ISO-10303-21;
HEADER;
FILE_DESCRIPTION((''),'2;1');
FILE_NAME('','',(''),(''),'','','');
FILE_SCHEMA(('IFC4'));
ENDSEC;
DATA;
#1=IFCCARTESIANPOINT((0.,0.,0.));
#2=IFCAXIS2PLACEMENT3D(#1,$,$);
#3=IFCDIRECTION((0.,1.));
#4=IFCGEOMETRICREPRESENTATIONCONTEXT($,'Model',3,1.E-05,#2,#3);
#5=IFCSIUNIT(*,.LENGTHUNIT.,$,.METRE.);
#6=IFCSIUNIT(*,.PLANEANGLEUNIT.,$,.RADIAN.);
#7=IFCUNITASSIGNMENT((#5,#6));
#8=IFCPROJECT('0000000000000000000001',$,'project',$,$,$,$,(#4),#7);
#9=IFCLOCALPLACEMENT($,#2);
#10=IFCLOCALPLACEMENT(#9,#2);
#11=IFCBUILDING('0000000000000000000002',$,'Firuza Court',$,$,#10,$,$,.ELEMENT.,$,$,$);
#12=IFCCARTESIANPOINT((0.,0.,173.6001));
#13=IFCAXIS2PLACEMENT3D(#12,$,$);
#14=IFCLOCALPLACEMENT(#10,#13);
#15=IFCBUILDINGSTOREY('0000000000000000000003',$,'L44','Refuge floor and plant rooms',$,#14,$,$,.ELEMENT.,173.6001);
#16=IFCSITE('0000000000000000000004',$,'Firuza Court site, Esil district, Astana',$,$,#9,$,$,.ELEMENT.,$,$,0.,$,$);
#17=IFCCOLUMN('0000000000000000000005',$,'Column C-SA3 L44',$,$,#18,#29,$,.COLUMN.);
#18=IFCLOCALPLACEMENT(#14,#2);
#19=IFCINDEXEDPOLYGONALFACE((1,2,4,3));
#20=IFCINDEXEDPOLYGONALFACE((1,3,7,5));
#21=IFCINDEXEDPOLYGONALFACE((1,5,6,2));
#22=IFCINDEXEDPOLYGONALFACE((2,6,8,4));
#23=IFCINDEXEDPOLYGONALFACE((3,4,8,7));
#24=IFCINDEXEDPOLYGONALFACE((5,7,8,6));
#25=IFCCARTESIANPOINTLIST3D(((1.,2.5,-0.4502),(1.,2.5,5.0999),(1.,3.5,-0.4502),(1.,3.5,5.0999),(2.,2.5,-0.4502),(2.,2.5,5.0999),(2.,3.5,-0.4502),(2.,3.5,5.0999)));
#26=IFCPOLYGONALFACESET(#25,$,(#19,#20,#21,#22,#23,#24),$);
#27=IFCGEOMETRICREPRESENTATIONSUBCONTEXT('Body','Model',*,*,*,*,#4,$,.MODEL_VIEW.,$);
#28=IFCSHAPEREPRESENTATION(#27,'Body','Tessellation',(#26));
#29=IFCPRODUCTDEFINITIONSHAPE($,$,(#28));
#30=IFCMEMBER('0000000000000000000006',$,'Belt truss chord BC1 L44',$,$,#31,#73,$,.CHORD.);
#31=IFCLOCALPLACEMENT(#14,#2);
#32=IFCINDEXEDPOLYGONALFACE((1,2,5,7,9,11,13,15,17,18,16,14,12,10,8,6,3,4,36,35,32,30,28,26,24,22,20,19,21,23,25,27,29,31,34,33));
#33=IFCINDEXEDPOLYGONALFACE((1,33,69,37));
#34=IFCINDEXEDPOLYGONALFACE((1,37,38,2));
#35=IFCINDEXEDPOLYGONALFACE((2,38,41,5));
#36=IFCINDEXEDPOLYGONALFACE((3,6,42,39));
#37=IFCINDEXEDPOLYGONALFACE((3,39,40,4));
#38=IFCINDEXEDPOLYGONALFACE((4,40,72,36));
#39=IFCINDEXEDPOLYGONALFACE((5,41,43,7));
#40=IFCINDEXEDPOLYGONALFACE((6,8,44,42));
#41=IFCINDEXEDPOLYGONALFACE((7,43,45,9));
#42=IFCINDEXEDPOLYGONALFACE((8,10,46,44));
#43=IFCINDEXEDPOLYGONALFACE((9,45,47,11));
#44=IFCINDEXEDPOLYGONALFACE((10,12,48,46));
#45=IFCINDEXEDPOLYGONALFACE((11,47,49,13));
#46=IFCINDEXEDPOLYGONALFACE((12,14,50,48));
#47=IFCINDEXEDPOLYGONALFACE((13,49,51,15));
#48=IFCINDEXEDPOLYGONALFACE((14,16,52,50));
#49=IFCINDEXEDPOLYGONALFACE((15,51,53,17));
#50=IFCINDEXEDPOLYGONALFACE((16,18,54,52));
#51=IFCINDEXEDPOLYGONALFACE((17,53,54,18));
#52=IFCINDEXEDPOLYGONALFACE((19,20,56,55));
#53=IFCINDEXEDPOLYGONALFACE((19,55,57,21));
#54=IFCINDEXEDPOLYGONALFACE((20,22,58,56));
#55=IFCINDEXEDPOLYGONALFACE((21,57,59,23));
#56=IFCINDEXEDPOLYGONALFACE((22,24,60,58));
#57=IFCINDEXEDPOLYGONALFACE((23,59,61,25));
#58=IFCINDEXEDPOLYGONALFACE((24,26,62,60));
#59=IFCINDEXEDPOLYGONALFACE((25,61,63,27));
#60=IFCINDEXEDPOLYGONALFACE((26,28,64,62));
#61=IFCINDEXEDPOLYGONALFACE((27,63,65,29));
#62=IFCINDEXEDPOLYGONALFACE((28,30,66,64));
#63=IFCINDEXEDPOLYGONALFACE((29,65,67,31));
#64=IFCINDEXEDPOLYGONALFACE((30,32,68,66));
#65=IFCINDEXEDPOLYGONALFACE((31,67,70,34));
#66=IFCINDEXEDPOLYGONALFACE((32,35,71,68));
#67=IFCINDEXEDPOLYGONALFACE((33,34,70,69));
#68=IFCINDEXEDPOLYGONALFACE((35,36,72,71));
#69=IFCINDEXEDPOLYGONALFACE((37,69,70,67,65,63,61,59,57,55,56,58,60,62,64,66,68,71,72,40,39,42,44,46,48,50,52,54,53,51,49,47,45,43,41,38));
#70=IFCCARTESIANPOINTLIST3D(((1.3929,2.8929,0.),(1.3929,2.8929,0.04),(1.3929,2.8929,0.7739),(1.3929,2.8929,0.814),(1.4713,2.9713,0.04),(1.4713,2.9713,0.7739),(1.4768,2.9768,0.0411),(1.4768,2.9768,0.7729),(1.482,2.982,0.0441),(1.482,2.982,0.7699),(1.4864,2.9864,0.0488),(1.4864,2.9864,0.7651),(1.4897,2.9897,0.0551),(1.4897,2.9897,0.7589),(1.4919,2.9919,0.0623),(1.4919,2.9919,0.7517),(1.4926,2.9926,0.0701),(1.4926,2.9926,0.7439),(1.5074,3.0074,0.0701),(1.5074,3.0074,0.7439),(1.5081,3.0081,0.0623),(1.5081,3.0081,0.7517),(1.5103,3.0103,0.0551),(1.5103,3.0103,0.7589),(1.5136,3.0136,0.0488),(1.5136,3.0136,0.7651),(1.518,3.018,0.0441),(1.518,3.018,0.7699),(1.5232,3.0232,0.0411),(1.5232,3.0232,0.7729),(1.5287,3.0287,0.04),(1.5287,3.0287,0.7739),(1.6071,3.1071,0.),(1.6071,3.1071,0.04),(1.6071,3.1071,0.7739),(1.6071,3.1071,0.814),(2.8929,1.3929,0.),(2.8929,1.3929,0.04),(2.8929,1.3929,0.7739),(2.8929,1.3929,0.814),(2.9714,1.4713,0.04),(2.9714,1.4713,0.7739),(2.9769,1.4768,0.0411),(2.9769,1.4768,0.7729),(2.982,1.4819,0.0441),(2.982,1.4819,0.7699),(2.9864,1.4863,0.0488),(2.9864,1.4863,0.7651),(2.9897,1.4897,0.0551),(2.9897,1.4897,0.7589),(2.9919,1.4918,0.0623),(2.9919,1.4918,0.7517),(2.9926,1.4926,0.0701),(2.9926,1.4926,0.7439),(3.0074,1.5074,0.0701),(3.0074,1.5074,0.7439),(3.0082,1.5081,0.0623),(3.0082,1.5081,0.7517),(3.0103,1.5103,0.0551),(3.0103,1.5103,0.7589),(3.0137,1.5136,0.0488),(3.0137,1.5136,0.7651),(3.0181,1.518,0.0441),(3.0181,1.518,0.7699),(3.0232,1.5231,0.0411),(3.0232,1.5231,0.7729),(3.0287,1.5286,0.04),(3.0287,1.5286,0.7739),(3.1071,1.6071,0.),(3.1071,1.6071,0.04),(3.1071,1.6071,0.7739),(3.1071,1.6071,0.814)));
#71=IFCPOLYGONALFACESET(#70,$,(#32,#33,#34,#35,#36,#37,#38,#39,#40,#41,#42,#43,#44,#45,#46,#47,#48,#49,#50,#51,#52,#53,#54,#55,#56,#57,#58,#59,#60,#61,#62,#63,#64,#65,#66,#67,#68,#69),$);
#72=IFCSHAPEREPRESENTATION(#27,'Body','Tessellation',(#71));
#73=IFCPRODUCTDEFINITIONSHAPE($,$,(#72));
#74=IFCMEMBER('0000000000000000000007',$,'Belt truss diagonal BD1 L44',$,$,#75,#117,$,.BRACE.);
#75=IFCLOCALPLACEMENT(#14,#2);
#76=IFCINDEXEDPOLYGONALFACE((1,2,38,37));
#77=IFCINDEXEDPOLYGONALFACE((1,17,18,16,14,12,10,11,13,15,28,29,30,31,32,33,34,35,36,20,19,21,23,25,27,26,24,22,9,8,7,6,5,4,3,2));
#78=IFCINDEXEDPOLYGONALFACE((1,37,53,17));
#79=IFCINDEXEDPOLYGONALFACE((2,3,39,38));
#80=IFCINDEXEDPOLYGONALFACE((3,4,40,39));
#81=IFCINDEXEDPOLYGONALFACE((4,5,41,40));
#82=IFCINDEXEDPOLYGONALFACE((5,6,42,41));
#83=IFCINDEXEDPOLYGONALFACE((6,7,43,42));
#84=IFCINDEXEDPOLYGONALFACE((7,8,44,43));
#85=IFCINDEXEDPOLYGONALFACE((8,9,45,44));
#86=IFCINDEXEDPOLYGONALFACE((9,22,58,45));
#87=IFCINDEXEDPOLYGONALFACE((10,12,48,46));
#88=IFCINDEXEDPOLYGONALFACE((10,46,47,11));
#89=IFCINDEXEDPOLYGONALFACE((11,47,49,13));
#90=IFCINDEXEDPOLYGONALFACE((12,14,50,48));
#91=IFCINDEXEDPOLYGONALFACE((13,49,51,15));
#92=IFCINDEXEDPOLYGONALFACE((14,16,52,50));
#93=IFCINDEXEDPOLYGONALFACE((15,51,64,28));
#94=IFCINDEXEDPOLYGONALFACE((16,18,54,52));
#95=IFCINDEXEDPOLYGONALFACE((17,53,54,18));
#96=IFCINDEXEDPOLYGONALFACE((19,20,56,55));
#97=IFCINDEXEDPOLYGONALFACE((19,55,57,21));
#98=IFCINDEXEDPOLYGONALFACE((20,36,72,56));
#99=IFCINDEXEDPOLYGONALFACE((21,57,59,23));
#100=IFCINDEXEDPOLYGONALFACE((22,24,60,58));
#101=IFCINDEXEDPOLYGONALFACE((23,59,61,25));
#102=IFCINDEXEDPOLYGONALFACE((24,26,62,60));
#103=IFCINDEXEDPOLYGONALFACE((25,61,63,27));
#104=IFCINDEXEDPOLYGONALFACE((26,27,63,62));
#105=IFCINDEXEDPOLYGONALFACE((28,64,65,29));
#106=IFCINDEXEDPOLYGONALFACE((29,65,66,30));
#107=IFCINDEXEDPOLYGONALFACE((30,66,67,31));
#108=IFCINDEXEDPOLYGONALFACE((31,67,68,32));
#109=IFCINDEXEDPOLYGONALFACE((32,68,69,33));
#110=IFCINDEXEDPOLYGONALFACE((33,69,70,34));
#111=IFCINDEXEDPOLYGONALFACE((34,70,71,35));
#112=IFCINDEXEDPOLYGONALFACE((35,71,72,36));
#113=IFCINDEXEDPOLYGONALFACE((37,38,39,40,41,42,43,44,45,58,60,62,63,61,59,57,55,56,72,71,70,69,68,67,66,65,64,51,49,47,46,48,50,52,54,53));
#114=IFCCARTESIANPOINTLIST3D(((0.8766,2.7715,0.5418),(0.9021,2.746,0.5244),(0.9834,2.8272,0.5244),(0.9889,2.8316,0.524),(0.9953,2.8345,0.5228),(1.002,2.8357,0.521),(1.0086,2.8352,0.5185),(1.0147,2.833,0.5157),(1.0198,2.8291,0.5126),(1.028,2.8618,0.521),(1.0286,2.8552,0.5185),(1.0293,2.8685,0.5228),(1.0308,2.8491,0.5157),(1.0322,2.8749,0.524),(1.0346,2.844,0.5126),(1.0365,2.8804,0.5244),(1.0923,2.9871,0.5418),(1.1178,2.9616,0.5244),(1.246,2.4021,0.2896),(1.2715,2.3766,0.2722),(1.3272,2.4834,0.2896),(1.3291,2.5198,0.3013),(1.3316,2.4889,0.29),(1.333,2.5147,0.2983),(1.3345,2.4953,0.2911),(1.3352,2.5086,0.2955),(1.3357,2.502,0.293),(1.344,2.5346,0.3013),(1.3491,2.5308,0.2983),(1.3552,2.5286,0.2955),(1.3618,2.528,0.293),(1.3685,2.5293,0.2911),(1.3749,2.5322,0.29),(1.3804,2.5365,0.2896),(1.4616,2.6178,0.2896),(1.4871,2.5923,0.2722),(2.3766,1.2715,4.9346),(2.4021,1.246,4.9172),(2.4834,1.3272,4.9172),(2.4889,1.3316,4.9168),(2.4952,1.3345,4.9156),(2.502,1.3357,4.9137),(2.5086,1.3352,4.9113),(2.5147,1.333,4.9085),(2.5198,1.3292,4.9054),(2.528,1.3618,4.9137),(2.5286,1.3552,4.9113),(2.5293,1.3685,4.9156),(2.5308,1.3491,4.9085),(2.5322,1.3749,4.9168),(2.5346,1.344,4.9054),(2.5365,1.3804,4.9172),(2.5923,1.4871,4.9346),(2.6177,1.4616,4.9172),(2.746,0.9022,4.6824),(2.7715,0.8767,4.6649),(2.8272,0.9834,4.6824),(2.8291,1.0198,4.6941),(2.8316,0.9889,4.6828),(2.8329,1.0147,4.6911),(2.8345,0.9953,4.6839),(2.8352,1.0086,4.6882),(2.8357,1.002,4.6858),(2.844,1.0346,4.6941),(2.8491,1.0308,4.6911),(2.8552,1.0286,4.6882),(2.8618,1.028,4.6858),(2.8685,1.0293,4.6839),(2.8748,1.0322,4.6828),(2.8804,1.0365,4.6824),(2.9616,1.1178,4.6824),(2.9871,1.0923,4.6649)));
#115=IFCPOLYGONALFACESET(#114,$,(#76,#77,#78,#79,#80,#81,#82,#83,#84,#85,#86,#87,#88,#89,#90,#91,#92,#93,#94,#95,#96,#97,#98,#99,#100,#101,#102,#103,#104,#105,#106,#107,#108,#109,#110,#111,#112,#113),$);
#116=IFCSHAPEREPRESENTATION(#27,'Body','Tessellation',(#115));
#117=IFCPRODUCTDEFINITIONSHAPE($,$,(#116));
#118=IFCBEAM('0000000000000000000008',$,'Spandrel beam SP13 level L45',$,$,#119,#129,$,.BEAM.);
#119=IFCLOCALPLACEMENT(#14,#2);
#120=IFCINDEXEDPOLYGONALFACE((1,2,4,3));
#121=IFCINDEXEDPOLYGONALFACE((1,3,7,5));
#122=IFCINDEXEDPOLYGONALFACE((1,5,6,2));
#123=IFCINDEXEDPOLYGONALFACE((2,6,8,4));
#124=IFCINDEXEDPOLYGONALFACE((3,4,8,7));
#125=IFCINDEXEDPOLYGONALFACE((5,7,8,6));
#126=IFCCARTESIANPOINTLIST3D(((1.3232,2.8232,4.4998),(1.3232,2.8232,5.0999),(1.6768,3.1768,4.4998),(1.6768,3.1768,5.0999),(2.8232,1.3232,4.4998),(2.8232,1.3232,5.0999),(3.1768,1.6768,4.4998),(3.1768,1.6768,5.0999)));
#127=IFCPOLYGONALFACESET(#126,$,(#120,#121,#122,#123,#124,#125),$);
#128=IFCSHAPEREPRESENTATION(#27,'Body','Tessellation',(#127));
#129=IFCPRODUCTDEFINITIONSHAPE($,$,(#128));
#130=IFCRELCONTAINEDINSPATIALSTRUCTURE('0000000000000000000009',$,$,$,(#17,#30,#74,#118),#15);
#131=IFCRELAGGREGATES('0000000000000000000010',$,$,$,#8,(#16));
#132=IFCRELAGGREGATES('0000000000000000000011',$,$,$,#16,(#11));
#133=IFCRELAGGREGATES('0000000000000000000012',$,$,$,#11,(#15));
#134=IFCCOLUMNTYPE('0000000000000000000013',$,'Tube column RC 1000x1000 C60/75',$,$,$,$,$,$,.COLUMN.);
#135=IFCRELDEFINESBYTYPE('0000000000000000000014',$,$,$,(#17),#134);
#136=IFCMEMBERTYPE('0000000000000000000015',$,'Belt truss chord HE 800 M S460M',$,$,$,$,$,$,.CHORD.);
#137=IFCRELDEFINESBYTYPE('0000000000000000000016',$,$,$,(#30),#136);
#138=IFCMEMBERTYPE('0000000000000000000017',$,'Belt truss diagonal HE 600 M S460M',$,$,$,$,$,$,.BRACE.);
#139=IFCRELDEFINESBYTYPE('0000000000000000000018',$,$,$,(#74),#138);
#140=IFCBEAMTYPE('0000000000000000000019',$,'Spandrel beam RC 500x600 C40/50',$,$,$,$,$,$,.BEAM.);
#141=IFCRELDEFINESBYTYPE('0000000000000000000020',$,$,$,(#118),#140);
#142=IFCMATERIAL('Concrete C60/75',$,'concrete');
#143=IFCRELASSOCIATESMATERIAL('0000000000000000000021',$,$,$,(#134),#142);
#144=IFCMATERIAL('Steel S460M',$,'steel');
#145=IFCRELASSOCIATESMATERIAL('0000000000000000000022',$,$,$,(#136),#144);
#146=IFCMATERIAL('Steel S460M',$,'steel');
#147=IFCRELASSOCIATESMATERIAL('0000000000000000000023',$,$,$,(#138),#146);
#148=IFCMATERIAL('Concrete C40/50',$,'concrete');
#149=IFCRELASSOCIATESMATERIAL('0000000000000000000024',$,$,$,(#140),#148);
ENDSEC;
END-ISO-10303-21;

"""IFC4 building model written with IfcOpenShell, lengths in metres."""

from ifc_helpers import new_model, si_unit, direction, frame, origin, origin_2d, place, context, subcontext, project, spatial, rectangle, i_section, extrude, material, material_profile, profile_set, type_object, element, save


model = new_model("IFC4")

# Units and contexts
model_context = context("Model", 3, precision=1e-05, world=origin(), true_north=direction((0.0, 1.0)))
body_context = subcontext(model_context, "Body", "Model", "MODEL_VIEW")
ifc_project = project(units=[si_unit("LENGTHUNIT", "METRE"), si_unit("PLANEANGLEUNIT", "RADIAN")], contexts=[model_context])

# Site, building, storey
site_placement = place(None, origin())
site = spatial("IfcSite", under=ifc_project, at=site_placement, Name="Firuza Court site, Esil district, Astana", CompositionType="ELEMENT", RefElevation=0.0)
building_placement = place(site_placement, origin())
building = spatial("IfcBuilding", under=site, at=building_placement, Name="Firuza Court", CompositionType="ELEMENT")
storey_placement = place(building_placement, frame((0.0, 0.0, 173.6001)))
storey = spatial("IfcBuildingStorey", under=building, at=storey_placement, Name="L44", Description="Refuge floor and plant rooms", CompositionType="ELEMENT", Elevation=173.6001)

# Column
ifc_material_1 = material(Name="Concrete C60/75", Category="concrete")
ifc_material_profile_1 = material_profile(ifc_material_1, rectangle(XDim=1.0, YDim=1.0, at=origin_2d()), Name="RC 1000x1000")
ifc_profile_set_1 = profile_set([ifc_material_profile_1], Name="Concrete C60/75")
column_type = type_object("IfcColumnType", Name="Tube column RC 1000x1000 C60/75", PredefinedType="COLUMN", material=ifc_profile_set_1)
column_placement = place(storey_placement, frame((1.5, 3.0, -0.4502), z_axis=(0.0, 0.0, 1.0), x_axis=(1.0, 0.0, 0.0)))
element("IfcColumn", 1, at=column_placement, inside=storey, type_object=column_type, Name="Column C-SA3 L44", PredefinedType="COLUMN", context=body_context, shape_type="SweptSolid", body=[
    extrude(rectangle(XDim=1.0, YDim=1.0, at=origin_2d()), origin(), (0.0, 0.0, 1.0), 5.55),
])

# Members
ifc_material_2 = material(Name="Steel S460M", Category="steel")
ifc_material_profile_2 = material_profile(ifc_material_2, i_section(OverallWidth=0.303, OverallDepth=0.814, WebThickness=0.021, FlangeThickness=0.04, FilletRadius=0.03, at=origin_2d()), Name="HE 800 M")
ifc_profile_set_2 = profile_set([ifc_material_profile_2], Name="Steel S460M")
member_type_1 = type_object("IfcMemberType", Name="Belt truss chord HE 800 M S460M", PredefinedType="CHORD", material=ifc_profile_set_2)
member_1_placement = place(storey_placement, frame((1.5, 3.0, 0.407), z_axis=(0.707107, -0.707107, 0.0), x_axis=(0.707107, 0.707107, 0.0)))
element("IfcMember", 2, at=member_1_placement, inside=storey, type_object=member_type_1, Name="Belt truss chord BC1 L44", PredefinedType="CHORD", context=body_context, shape_type="SweptSolid", body=[
    extrude(i_section(OverallWidth=0.303, OverallDepth=0.814, WebThickness=0.021, FlangeThickness=0.04, FilletRadius=0.03, at=origin_2d()), origin(), (0.0, 0.0, 1.0), 2.1213),
])
ifc_material_3 = material(Name="Steel S460M", Category="steel")
ifc_material_profile_3 = material_profile(ifc_material_3, i_section(OverallWidth=0.3049, OverallDepth=0.6201, WebThickness=0.021, FlangeThickness=0.04, FilletRadius=0.0271, at=origin_2d()), Name="HE 600 M")
ifc_profile_set_3 = profile_set([ifc_material_profile_3], Name="Steel S460M")
member_type_2 = type_object("IfcMemberType", Name="Belt truss diagonal HE 600 M S460M", PredefinedType="BRACE", material=ifc_profile_set_3)
member_2_placement = place(storey_placement, frame((1.1819, 2.6819, 0.407), z_axis=(0.30749, -0.30749, 0.9005), x_axis=(0.707107, 0.707107, 0.0)))
element("IfcMember", 3, at=member_2_placement, inside=storey, type_object=member_type_2, Name="Belt truss diagonal BD1 L44", PredefinedType="BRACE", context=body_context, shape_type="SweptSolid", body=[
    extrude(i_section(OverallWidth=0.3049, OverallDepth=0.6201, WebThickness=0.021, FlangeThickness=0.04, FilletRadius=0.0271, at=origin_2d()), origin(), (0.0, 0.0, 1.0), 4.8782),
])

# Beam
ifc_material_4 = material(Name="Concrete C40/50", Category="concrete")
ifc_material_profile_4 = material_profile(ifc_material_4, rectangle(XDim=0.5, YDim=0.6001, at=origin_2d()), Name="RC 500x600")
ifc_profile_set_4 = profile_set([ifc_material_profile_4], Name="Concrete C40/50")
beam_type = type_object("IfcBeamType", Name="Spandrel beam RC 500x600 C40/50", PredefinedType="BEAM", material=ifc_profile_set_4)
beam_placement = place(storey_placement, frame((1.5, 3.0, 4.7998), z_axis=(0.707107, -0.707107, 0.0), x_axis=(0.707107, 0.707107, 0.0)))
element("IfcBeam", 4, at=beam_placement, inside=storey, type_object=beam_type, Name="Spandrel beam SP13 level L45", PredefinedType="BEAM", context=body_context, shape_type="SweptSolid", body=[
    extrude(rectangle(XDim=0.5, YDim=0.6001, at=origin_2d()), origin(), (0.0, 0.0, 1.0), 2.1213),
])

save(model, "model.ifc")
